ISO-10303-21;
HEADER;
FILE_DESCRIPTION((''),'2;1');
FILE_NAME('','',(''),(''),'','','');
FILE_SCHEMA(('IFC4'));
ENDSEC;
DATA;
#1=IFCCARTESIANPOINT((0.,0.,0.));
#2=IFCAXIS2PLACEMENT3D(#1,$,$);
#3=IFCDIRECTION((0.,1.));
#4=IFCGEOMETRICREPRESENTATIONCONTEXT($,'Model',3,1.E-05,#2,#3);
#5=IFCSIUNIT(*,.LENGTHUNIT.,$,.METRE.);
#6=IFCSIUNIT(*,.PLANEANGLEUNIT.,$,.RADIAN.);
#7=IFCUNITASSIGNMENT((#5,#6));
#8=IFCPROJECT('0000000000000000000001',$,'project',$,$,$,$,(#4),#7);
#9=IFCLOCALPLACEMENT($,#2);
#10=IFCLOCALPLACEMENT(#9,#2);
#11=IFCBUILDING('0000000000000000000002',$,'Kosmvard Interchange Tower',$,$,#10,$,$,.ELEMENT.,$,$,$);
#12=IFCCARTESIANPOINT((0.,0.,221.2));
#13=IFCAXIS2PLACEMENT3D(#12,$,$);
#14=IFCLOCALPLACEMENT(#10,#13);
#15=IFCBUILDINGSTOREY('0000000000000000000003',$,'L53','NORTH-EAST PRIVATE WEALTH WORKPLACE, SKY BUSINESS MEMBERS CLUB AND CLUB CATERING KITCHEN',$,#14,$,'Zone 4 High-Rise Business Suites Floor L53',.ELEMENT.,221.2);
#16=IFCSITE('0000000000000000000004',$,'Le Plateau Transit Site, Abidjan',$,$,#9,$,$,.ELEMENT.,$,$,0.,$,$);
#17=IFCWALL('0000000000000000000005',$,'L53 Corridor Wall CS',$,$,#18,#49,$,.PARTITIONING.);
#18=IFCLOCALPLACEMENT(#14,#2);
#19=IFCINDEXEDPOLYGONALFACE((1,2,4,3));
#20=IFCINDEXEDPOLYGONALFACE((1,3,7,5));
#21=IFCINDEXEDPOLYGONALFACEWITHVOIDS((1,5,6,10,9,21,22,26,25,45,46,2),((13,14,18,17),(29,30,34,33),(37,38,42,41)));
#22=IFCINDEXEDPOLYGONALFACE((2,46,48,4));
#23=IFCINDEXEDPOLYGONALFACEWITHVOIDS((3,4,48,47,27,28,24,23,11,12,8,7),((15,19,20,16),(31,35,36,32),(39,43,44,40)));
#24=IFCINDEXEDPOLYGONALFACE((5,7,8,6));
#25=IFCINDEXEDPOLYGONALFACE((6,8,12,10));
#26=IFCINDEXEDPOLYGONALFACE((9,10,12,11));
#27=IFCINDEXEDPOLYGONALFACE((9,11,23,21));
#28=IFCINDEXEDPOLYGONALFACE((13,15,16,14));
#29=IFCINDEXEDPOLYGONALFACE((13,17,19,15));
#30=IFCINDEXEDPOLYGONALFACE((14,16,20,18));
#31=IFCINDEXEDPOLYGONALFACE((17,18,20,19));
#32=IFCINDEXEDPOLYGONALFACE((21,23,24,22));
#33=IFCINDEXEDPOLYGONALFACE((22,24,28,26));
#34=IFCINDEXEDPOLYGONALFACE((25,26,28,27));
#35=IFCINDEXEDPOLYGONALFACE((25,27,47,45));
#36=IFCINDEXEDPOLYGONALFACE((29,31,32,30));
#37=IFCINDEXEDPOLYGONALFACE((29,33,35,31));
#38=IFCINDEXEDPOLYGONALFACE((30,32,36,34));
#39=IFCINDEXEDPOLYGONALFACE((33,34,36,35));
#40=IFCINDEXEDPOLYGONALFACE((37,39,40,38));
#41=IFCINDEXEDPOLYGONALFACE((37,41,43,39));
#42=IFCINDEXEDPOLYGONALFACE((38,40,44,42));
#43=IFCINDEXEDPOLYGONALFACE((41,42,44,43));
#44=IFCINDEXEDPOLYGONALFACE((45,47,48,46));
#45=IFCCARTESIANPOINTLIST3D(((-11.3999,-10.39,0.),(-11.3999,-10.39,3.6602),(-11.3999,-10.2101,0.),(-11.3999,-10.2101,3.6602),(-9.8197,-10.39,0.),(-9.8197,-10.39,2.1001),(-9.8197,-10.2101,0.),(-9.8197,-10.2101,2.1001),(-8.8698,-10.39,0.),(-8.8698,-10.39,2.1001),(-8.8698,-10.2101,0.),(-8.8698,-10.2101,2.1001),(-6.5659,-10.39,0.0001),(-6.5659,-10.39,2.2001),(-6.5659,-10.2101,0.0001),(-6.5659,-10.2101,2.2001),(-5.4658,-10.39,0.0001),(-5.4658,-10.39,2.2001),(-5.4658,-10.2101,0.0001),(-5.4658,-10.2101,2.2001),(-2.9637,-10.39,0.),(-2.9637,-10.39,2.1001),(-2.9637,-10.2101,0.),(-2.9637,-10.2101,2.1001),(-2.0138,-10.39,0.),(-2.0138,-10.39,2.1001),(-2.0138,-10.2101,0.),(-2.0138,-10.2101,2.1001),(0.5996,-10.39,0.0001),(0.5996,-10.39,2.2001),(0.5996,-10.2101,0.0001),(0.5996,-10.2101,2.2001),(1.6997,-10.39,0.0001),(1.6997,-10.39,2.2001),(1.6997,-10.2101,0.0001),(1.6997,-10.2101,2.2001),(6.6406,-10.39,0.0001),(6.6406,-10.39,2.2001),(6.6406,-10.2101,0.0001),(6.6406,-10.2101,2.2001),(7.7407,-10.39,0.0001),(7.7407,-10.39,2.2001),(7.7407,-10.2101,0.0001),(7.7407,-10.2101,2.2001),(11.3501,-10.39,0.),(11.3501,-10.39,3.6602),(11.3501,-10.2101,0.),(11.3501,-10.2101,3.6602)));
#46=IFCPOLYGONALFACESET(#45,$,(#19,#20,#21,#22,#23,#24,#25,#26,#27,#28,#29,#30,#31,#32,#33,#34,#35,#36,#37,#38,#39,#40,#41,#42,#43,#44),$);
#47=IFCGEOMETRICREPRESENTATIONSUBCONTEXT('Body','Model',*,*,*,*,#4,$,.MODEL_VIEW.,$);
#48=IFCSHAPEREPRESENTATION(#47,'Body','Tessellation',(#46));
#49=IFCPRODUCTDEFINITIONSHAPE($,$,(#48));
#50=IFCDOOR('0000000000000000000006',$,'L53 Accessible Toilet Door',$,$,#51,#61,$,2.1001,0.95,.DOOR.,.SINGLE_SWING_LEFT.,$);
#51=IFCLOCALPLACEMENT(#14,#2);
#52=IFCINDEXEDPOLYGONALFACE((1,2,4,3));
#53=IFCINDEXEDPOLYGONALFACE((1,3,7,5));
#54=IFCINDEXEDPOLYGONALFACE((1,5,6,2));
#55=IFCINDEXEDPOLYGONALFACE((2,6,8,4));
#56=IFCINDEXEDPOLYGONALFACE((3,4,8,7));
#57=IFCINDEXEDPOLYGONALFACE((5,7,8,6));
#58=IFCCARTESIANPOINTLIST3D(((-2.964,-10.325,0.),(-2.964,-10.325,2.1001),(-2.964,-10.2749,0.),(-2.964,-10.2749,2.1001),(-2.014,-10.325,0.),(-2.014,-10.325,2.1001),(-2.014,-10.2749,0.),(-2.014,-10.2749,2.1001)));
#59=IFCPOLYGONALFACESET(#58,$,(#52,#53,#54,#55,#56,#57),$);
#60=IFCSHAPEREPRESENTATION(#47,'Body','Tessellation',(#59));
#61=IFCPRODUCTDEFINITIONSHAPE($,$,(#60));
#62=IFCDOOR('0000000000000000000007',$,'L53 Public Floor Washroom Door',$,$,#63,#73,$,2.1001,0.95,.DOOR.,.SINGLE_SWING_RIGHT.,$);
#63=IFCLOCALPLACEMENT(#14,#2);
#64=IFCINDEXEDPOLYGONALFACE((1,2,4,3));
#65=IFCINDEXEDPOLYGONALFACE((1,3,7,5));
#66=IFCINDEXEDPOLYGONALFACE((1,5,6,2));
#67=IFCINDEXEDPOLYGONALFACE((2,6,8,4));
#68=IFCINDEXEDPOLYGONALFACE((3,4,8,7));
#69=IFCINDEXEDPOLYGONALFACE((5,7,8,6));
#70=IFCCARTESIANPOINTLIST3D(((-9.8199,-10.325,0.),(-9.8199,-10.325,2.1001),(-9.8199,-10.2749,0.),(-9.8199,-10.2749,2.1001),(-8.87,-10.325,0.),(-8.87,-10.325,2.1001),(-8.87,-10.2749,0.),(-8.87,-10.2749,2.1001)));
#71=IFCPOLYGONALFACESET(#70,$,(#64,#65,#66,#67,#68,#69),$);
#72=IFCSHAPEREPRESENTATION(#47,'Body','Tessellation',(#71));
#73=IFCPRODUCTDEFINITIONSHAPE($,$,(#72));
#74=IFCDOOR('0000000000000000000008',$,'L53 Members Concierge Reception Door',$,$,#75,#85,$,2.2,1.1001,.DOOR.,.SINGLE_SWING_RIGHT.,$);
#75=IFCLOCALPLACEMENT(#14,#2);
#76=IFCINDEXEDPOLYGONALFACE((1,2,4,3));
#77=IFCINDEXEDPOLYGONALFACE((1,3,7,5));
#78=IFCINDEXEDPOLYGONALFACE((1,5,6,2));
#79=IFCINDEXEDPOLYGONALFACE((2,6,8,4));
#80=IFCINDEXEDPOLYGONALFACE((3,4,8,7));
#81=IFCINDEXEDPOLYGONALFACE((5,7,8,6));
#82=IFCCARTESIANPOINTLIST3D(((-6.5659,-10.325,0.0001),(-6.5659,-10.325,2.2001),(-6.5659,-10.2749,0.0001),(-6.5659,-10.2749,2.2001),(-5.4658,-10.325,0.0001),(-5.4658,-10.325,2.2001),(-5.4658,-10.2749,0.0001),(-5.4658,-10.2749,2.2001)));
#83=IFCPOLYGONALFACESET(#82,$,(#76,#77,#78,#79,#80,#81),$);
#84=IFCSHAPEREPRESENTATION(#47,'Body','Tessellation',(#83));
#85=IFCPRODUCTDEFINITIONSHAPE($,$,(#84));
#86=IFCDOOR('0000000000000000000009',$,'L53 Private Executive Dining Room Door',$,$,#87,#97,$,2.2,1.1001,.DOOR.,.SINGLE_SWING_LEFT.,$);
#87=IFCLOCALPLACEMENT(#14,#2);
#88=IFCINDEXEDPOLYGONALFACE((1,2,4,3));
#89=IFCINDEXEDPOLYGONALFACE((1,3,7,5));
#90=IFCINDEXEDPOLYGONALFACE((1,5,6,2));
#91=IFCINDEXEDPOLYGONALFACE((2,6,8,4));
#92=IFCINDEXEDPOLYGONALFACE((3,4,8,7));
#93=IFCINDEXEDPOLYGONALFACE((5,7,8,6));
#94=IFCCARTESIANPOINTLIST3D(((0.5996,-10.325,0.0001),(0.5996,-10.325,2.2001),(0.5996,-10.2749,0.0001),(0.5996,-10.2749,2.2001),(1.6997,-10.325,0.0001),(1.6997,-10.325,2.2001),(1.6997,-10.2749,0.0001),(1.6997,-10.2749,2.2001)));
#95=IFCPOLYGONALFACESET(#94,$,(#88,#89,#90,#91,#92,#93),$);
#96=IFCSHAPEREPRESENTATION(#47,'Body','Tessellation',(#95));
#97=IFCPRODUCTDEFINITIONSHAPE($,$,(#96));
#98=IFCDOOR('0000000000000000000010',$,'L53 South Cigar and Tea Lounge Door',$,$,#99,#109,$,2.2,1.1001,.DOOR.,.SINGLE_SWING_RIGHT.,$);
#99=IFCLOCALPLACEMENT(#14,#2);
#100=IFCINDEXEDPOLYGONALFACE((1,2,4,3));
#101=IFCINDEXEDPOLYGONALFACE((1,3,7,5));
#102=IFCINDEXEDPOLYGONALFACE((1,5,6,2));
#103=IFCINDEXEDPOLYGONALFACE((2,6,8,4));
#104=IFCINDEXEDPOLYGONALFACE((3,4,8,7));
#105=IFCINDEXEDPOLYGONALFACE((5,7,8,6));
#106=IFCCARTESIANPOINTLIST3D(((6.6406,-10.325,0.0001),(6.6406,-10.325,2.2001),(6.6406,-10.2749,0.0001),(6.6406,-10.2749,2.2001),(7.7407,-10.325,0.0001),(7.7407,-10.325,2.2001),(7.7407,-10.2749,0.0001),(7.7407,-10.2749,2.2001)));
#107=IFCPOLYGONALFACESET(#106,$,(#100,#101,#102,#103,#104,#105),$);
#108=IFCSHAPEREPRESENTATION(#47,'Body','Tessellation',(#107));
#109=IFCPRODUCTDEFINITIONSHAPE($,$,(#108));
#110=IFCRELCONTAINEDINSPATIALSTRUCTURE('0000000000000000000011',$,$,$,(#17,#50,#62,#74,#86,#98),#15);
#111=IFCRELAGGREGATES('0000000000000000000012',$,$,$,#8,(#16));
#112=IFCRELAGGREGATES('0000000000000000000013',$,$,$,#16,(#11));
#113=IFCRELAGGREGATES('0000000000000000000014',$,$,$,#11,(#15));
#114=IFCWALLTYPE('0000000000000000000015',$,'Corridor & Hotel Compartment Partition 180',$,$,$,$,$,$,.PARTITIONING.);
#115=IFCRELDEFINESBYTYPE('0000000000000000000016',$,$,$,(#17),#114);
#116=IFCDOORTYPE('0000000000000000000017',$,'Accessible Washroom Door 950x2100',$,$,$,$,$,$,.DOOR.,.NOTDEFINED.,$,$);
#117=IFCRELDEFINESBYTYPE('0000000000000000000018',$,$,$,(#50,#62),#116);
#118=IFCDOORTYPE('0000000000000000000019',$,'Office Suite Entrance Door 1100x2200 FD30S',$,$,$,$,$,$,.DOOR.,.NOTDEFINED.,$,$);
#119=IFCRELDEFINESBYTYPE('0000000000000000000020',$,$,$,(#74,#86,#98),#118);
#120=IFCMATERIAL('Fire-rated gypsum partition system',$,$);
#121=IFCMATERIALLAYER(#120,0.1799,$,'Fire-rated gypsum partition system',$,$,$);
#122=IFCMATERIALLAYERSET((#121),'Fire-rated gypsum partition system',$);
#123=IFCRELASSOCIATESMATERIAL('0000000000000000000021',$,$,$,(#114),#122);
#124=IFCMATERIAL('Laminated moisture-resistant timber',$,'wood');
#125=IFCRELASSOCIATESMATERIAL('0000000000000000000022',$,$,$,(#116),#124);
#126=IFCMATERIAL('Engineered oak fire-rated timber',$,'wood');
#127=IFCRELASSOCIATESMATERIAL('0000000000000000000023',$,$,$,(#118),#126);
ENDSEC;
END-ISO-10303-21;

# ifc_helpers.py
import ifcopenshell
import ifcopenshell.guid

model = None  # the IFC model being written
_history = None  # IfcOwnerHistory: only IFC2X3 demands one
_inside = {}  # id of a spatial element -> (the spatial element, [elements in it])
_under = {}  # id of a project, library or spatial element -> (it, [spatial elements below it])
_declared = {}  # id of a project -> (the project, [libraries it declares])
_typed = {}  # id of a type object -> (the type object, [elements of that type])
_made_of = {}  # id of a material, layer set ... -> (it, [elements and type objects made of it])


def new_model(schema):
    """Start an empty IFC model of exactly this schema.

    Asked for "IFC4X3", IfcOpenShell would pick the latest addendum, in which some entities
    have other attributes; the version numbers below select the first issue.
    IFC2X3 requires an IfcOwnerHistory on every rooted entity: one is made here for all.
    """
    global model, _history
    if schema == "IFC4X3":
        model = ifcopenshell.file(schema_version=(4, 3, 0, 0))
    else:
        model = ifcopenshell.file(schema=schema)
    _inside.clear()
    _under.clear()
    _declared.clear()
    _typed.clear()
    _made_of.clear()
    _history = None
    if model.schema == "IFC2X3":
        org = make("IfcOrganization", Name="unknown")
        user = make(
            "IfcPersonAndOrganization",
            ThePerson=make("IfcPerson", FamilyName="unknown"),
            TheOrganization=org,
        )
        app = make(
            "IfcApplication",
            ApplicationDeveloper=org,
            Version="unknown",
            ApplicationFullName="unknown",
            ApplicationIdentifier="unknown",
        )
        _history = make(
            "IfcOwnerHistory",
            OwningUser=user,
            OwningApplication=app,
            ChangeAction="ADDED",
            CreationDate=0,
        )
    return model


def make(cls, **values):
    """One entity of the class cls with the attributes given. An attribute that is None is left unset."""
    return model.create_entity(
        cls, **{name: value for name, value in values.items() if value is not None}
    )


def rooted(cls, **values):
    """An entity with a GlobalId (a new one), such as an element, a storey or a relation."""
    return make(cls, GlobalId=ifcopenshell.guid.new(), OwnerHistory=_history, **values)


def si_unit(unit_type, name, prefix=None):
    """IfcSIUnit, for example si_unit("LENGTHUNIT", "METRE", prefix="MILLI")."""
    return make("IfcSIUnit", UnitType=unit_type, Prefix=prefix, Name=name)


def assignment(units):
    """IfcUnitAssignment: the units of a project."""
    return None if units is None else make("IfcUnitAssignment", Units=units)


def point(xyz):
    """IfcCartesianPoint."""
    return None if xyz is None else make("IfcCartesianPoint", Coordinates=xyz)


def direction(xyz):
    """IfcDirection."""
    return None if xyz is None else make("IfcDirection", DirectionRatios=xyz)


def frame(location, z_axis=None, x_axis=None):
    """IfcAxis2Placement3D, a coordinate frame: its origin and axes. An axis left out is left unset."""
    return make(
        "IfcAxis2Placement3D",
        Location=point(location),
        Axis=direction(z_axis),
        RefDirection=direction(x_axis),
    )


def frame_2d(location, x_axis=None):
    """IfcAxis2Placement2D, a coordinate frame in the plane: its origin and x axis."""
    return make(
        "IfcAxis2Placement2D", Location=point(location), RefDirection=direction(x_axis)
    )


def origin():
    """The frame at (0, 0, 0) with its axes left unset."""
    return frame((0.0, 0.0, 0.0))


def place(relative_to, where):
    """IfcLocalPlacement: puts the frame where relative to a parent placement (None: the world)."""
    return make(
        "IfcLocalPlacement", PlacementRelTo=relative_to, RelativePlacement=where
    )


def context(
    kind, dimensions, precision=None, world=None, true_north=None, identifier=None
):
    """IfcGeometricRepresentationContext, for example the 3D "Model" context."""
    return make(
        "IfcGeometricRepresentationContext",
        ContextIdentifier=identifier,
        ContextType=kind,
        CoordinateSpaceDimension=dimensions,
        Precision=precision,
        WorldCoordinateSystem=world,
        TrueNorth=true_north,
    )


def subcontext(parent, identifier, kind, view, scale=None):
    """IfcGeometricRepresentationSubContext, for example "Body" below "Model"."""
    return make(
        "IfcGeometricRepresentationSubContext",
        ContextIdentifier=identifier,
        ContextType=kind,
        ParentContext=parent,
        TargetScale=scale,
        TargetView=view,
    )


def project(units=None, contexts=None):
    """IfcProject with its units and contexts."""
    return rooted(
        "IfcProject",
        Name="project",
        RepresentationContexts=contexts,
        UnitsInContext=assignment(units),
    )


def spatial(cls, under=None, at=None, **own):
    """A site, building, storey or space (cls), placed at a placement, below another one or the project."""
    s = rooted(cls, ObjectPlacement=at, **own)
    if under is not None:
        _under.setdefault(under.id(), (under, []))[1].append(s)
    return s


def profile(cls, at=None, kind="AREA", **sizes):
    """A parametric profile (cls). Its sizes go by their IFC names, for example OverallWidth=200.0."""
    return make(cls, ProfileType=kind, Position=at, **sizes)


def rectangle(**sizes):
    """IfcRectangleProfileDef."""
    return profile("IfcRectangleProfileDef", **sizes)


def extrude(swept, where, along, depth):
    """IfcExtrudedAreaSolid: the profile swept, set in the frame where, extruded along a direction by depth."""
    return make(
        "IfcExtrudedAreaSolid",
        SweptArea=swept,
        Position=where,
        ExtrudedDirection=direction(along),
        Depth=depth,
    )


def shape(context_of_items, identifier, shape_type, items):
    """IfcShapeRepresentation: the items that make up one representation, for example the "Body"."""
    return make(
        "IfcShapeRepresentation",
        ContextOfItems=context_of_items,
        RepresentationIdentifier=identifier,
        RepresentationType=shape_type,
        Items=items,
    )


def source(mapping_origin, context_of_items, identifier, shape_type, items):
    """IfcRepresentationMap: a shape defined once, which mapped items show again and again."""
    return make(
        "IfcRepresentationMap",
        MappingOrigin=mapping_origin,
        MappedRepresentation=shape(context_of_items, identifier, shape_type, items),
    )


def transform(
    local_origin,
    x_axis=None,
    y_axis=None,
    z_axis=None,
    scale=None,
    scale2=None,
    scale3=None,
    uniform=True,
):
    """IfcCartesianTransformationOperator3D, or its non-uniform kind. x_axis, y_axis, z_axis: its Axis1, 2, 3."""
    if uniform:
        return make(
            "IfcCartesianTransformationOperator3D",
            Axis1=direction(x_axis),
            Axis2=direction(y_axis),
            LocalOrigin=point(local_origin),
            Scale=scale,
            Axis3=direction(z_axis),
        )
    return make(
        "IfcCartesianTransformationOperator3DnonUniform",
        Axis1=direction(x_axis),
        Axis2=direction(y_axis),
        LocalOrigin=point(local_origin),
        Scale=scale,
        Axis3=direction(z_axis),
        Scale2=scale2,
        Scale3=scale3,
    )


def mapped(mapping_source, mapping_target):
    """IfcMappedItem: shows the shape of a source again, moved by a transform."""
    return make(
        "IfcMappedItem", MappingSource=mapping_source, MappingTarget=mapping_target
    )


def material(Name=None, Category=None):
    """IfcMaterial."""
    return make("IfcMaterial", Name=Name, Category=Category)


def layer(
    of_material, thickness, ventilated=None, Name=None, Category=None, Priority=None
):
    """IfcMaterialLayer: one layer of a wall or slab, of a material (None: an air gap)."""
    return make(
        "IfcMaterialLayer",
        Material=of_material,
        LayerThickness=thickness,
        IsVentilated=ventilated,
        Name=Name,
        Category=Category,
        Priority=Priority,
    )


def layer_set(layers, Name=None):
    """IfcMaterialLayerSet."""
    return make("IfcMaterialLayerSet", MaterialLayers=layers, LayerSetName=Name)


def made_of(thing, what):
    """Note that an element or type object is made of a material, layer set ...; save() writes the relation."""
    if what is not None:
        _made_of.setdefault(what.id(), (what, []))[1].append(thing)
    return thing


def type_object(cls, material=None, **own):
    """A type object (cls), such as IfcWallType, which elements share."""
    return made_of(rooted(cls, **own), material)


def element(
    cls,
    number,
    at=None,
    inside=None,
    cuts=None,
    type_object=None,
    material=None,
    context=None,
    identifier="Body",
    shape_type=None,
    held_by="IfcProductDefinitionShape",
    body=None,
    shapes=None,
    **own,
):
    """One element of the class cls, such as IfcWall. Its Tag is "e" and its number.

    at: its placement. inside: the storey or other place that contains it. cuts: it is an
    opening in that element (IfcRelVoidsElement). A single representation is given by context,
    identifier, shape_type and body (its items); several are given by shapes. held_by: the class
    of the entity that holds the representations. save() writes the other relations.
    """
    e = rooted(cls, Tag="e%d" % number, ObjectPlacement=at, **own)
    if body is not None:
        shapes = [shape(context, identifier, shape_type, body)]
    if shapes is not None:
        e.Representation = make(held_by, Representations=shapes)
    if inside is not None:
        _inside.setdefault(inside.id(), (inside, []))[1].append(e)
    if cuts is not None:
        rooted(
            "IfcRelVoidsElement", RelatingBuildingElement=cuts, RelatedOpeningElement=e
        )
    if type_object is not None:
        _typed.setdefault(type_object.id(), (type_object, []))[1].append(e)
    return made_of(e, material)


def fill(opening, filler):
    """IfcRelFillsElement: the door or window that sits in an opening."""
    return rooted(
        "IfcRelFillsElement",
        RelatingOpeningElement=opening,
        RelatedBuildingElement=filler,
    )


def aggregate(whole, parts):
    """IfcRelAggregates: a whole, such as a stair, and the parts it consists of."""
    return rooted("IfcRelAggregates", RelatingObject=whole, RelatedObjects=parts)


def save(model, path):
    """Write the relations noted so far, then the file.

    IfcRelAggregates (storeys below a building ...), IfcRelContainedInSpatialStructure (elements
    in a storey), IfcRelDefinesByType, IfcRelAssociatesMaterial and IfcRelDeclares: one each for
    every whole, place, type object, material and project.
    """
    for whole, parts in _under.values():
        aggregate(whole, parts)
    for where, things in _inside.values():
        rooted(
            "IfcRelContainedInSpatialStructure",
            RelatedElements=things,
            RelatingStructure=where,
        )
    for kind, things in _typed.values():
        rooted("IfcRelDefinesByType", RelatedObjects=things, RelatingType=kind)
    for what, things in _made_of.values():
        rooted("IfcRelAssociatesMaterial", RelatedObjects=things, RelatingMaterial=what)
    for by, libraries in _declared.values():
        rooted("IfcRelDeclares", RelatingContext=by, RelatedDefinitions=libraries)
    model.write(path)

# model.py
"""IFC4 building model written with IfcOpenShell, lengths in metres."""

from ifc_helpers import new_model, si_unit, direction, frame, frame_2d, origin, place, context, subcontext, project, spatial, rectangle, extrude, source, transform, mapped, material, layer, layer_set, type_object, element, fill, save


model = new_model("IFC4")

# Units and contexts
model_context = context("Model", 3, precision=1e-05, world=origin(), true_north=direction((0.0, 1.0)))
body_context = subcontext(model_context, "Body", "Model", "MODEL_VIEW")
ifc_project = project(units=[si_unit("LENGTHUNIT", "METRE"), si_unit("PLANEANGLEUNIT", "RADIAN")], contexts=[model_context])

# Site, building, storey
site_placement = place(None, origin())
site = spatial("IfcSite", under=ifc_project, at=site_placement, Name="Le Plateau Transit Site, Abidjan", CompositionType="ELEMENT", RefElevation=0.0)
building_placement = place(site_placement, origin())
building = spatial("IfcBuilding", under=site, at=building_placement, Name="Kosmvard Interchange Tower", CompositionType="ELEMENT")
storey_placement = place(building_placement, frame((0.0, 0.0, 221.2)))
storey = spatial("IfcBuildingStorey", under=building, at=storey_placement, Name="L53", Description="NORTH-EAST PRIVATE WEALTH WORKPLACE, SKY BUSINESS MEMBERS CLUB AND CLUB CATERING KITCHEN", LongName="Zone 4 High-Rise Business Suites Floor L53", CompositionType="ELEMENT", Elevation=221.2)

# Wall, openings, doors
ifc_material_1 = material(Name="Fire-rated gypsum partition system")
ifc_layer_1 = layer(ifc_material_1, 0.1799, Name="Fire-rated gypsum partition system")
ifc_layer_set_1 = layer_set([ifc_layer_1], Name="Fire-rated gypsum partition system")
wall_type_1 = type_object("IfcWallType", Name="Corridor & Hotel Compartment Partition 180", PredefinedType="PARTITIONING", material=ifc_layer_set_1)
wall_1_placement = place(storey_placement, frame((-11.3999, -10.3, 0.0), z_axis=(0.0, 0.0, 1.0), x_axis=(1.0, 0.0, 0.0)))
wall_1 = element("IfcWall", 1, at=wall_1_placement, inside=storey, type_object=wall_type_1, Name="L53 Corridor Wall CS", PredefinedType="PARTITIONING", context=body_context, shape_type="SweptSolid", body=[
    extrude(rectangle(XDim=22.75, YDim=0.1799, at=frame_2d((11.375, 0.0))), origin(), (0.0, 0.0, 1.0), 3.6602),
])
opening_1_placement = place(wall_1_placement, frame((8.436, 0.0, 0.0)))
opening_1 = element("IfcOpeningElement", 2, at=opening_1_placement, cuts=wall_1, PredefinedType="OPENING", context=body_context, shape_type="SweptSolid", body=[
    extrude(rectangle(XDim=0.95, YDim=2.1001, at=frame_2d((0.4751, 1.05))), frame((0.0, 0.1001, 0.0), z_axis=(0.0, -1.0, 0.0), x_axis=(1.0, 0.0, 0.0)), (0.0, 0.0, 1.0), 0.2),
])
opening_2_placement = place(wall_1_placement, frame((1.5801, 0.0, 0.0)))
opening_2 = element("IfcOpeningElement", 3, at=opening_2_placement, cuts=wall_1, PredefinedType="OPENING", context=body_context, shape_type="SweptSolid", body=[
    extrude(rectangle(XDim=0.95, YDim=2.1001, at=frame_2d((0.4751, 1.05))), frame((0.0, 0.1001, 0.0), z_axis=(0.0, -1.0, 0.0), x_axis=(1.0, 0.0, 0.0)), (0.0, 0.0, 1.0), 0.2),
])
opening_3_placement = place(wall_1_placement, frame((4.834, 0.0, 0.0)))
opening_3 = element("IfcOpeningElement", 4, at=opening_3_placement, cuts=wall_1, PredefinedType="OPENING", context=body_context, shape_type="SweptSolid", body=[
    extrude(rectangle(XDim=1.1001, YDim=2.2, at=frame_2d((0.55, 1.1001))), frame((0.0, 0.1001, 0.0), z_axis=(0.0, -1.0, 0.0), x_axis=(1.0, 0.0, 0.0)), (0.0, 0.0, 1.0), 0.2),
])
opening_4_placement = place(wall_1_placement, frame((11.9995, 0.0, 0.0)))
opening_4 = element("IfcOpeningElement", 5, at=opening_4_placement, cuts=wall_1, PredefinedType="OPENING", context=body_context, shape_type="SweptSolid", body=[
    extrude(rectangle(XDim=1.1001, YDim=2.2, at=frame_2d((0.55, 1.1001))), frame((0.0, 0.1001, 0.0), z_axis=(0.0, -1.0, 0.0), x_axis=(1.0, 0.0, 0.0)), (0.0, 0.0, 1.0), 0.2),
])
opening_5_placement = place(wall_1_placement, frame((18.0405, 0.0, 0.0)))
opening_5 = element("IfcOpeningElement", 6, at=opening_5_placement, cuts=wall_1, PredefinedType="OPENING", context=body_context, shape_type="SweptSolid", body=[
    extrude(rectangle(XDim=1.1001, YDim=2.2, at=frame_2d((0.55, 1.1001))), frame((0.0, 0.1001, 0.0), z_axis=(0.0, -1.0, 0.0), x_axis=(1.0, 0.0, 0.0)), (0.0, 0.0, 1.0), 0.2),
])
ifc_material_2 = material(Name="Laminated moisture-resistant timber", Category="wood")
door_type_1 = type_object("IfcDoorType", Name="Accessible Washroom Door 950x2100", OperationType="NOTDEFINED", PredefinedType="DOOR", material=ifc_material_2)
shared_shape_1 = source(origin(), body_context, "Body", "SweptSolid", [
    extrude(rectangle(XDim=0.95, YDim=2.1001, at=frame_2d((0.4751, 1.05))), frame((0.0, 0.0249, 0.0), z_axis=(0.0, -1.0, 0.0), x_axis=(1.0, 0.0, 0.0)), (0.0, 0.0, 1.0), 0.05),
])
door_1_placement = place(opening_1_placement, frame((0.95, 0.0, 0.0), z_axis=(0.0, 0.0, 1.0), x_axis=(-1.0, 0.0, 0.0)))
door_1 = element("IfcDoor", 7, at=door_1_placement, inside=storey, type_object=door_type_1, Name="L53 Accessible Toilet Door", OperationType="SINGLE_SWING_LEFT", OverallHeight=2.1001, OverallWidth=0.95, PredefinedType="DOOR", context=body_context, shape_type="MappedRepresentation", body=[
    mapped(shared_shape_1, transform((0.0, 0.0, 0.0), scale=1.0)),
])
fill(opening_1, door_1)
door_2_placement = place(opening_2_placement, frame((0.95, 0.0, 0.0), z_axis=(0.0, 0.0, 1.0), x_axis=(-1.0, 0.0, 0.0)))
door_2 = element("IfcDoor", 8, at=door_2_placement, inside=storey, type_object=door_type_1, Name="L53 Public Floor Washroom Door", OperationType="SINGLE_SWING_RIGHT", OverallHeight=2.1001, OverallWidth=0.95, PredefinedType="DOOR", context=body_context, shape_type="MappedRepresentation", body=[
    mapped(shared_shape_1, transform((0.0, 0.0, 0.0), scale=1.0)),
])
fill(opening_2, door_2)
ifc_material_3 = material(Name="Engineered oak fire-rated timber", Category="wood")
door_type_2 = type_object("IfcDoorType", Name="Office Suite Entrance Door 1100x2200 FD30S", OperationType="NOTDEFINED", PredefinedType="DOOR", material=ifc_material_3)
shared_shape_2 = source(origin(), body_context, "Body", "SweptSolid", [
    extrude(rectangle(XDim=1.1001, YDim=2.2, at=frame_2d((0.55, 1.1001))), frame((0.0, 0.0249, 0.0), z_axis=(0.0, -1.0, 0.0), x_axis=(1.0, 0.0, 0.0)), (0.0, 0.0, 1.0), 0.05),
])
door_3_placement = place(opening_3_placement, frame((1.1001, 0.0, 0.0), z_axis=(0.0, 0.0, 1.0), x_axis=(-1.0, 0.0, 0.0)))
door_3 = element("IfcDoor", 9, at=door_3_placement, inside=storey, type_object=door_type_2, Name="L53 Members Concierge Reception Door", OperationType="SINGLE_SWING_RIGHT", OverallHeight=2.2, OverallWidth=1.1001, PredefinedType="DOOR", context=body_context, shape_type="MappedRepresentation", body=[
    mapped(shared_shape_2, transform((0.0, 0.0, 0.0), scale=1.0)),
])
fill(opening_3, door_3)
door_4_placement = place(opening_4_placement, frame((1.1001, 0.0, 0.0), z_axis=(0.0, 0.0, 1.0), x_axis=(-1.0, 0.0, 0.0)))
door_4 = element("IfcDoor", 10, at=door_4_placement, inside=storey, type_object=door_type_2, Name="L53 Private Executive Dining Room Door", OperationType="SINGLE_SWING_LEFT", OverallHeight=2.2, OverallWidth=1.1001, PredefinedType="DOOR", context=body_context, shape_type="MappedRepresentation", body=[
    mapped(shared_shape_2, transform((0.0, 0.0, 0.0), scale=1.0)),
])
fill(opening_4, door_4)
door_5_placement = place(opening_5_placement, frame((1.1001, 0.0, 0.0), z_axis=(0.0, 0.0, 1.0), x_axis=(-1.0, 0.0, 0.0)))
door_5 = element("IfcDoor", 11, at=door_5_placement, inside=storey, type_object=door_type_2, Name="L53 South Cigar and Tea Lounge Door", OperationType="SINGLE_SWING_RIGHT", OverallHeight=2.2, OverallWidth=1.1001, PredefinedType="DOOR", context=body_context, shape_type="MappedRepresentation", body=[
    mapped(shared_shape_2, transform((0.0, 0.0, 0.0), scale=1.0)),
])
fill(opening_5, door_5)

save(model, "model.ifc")
